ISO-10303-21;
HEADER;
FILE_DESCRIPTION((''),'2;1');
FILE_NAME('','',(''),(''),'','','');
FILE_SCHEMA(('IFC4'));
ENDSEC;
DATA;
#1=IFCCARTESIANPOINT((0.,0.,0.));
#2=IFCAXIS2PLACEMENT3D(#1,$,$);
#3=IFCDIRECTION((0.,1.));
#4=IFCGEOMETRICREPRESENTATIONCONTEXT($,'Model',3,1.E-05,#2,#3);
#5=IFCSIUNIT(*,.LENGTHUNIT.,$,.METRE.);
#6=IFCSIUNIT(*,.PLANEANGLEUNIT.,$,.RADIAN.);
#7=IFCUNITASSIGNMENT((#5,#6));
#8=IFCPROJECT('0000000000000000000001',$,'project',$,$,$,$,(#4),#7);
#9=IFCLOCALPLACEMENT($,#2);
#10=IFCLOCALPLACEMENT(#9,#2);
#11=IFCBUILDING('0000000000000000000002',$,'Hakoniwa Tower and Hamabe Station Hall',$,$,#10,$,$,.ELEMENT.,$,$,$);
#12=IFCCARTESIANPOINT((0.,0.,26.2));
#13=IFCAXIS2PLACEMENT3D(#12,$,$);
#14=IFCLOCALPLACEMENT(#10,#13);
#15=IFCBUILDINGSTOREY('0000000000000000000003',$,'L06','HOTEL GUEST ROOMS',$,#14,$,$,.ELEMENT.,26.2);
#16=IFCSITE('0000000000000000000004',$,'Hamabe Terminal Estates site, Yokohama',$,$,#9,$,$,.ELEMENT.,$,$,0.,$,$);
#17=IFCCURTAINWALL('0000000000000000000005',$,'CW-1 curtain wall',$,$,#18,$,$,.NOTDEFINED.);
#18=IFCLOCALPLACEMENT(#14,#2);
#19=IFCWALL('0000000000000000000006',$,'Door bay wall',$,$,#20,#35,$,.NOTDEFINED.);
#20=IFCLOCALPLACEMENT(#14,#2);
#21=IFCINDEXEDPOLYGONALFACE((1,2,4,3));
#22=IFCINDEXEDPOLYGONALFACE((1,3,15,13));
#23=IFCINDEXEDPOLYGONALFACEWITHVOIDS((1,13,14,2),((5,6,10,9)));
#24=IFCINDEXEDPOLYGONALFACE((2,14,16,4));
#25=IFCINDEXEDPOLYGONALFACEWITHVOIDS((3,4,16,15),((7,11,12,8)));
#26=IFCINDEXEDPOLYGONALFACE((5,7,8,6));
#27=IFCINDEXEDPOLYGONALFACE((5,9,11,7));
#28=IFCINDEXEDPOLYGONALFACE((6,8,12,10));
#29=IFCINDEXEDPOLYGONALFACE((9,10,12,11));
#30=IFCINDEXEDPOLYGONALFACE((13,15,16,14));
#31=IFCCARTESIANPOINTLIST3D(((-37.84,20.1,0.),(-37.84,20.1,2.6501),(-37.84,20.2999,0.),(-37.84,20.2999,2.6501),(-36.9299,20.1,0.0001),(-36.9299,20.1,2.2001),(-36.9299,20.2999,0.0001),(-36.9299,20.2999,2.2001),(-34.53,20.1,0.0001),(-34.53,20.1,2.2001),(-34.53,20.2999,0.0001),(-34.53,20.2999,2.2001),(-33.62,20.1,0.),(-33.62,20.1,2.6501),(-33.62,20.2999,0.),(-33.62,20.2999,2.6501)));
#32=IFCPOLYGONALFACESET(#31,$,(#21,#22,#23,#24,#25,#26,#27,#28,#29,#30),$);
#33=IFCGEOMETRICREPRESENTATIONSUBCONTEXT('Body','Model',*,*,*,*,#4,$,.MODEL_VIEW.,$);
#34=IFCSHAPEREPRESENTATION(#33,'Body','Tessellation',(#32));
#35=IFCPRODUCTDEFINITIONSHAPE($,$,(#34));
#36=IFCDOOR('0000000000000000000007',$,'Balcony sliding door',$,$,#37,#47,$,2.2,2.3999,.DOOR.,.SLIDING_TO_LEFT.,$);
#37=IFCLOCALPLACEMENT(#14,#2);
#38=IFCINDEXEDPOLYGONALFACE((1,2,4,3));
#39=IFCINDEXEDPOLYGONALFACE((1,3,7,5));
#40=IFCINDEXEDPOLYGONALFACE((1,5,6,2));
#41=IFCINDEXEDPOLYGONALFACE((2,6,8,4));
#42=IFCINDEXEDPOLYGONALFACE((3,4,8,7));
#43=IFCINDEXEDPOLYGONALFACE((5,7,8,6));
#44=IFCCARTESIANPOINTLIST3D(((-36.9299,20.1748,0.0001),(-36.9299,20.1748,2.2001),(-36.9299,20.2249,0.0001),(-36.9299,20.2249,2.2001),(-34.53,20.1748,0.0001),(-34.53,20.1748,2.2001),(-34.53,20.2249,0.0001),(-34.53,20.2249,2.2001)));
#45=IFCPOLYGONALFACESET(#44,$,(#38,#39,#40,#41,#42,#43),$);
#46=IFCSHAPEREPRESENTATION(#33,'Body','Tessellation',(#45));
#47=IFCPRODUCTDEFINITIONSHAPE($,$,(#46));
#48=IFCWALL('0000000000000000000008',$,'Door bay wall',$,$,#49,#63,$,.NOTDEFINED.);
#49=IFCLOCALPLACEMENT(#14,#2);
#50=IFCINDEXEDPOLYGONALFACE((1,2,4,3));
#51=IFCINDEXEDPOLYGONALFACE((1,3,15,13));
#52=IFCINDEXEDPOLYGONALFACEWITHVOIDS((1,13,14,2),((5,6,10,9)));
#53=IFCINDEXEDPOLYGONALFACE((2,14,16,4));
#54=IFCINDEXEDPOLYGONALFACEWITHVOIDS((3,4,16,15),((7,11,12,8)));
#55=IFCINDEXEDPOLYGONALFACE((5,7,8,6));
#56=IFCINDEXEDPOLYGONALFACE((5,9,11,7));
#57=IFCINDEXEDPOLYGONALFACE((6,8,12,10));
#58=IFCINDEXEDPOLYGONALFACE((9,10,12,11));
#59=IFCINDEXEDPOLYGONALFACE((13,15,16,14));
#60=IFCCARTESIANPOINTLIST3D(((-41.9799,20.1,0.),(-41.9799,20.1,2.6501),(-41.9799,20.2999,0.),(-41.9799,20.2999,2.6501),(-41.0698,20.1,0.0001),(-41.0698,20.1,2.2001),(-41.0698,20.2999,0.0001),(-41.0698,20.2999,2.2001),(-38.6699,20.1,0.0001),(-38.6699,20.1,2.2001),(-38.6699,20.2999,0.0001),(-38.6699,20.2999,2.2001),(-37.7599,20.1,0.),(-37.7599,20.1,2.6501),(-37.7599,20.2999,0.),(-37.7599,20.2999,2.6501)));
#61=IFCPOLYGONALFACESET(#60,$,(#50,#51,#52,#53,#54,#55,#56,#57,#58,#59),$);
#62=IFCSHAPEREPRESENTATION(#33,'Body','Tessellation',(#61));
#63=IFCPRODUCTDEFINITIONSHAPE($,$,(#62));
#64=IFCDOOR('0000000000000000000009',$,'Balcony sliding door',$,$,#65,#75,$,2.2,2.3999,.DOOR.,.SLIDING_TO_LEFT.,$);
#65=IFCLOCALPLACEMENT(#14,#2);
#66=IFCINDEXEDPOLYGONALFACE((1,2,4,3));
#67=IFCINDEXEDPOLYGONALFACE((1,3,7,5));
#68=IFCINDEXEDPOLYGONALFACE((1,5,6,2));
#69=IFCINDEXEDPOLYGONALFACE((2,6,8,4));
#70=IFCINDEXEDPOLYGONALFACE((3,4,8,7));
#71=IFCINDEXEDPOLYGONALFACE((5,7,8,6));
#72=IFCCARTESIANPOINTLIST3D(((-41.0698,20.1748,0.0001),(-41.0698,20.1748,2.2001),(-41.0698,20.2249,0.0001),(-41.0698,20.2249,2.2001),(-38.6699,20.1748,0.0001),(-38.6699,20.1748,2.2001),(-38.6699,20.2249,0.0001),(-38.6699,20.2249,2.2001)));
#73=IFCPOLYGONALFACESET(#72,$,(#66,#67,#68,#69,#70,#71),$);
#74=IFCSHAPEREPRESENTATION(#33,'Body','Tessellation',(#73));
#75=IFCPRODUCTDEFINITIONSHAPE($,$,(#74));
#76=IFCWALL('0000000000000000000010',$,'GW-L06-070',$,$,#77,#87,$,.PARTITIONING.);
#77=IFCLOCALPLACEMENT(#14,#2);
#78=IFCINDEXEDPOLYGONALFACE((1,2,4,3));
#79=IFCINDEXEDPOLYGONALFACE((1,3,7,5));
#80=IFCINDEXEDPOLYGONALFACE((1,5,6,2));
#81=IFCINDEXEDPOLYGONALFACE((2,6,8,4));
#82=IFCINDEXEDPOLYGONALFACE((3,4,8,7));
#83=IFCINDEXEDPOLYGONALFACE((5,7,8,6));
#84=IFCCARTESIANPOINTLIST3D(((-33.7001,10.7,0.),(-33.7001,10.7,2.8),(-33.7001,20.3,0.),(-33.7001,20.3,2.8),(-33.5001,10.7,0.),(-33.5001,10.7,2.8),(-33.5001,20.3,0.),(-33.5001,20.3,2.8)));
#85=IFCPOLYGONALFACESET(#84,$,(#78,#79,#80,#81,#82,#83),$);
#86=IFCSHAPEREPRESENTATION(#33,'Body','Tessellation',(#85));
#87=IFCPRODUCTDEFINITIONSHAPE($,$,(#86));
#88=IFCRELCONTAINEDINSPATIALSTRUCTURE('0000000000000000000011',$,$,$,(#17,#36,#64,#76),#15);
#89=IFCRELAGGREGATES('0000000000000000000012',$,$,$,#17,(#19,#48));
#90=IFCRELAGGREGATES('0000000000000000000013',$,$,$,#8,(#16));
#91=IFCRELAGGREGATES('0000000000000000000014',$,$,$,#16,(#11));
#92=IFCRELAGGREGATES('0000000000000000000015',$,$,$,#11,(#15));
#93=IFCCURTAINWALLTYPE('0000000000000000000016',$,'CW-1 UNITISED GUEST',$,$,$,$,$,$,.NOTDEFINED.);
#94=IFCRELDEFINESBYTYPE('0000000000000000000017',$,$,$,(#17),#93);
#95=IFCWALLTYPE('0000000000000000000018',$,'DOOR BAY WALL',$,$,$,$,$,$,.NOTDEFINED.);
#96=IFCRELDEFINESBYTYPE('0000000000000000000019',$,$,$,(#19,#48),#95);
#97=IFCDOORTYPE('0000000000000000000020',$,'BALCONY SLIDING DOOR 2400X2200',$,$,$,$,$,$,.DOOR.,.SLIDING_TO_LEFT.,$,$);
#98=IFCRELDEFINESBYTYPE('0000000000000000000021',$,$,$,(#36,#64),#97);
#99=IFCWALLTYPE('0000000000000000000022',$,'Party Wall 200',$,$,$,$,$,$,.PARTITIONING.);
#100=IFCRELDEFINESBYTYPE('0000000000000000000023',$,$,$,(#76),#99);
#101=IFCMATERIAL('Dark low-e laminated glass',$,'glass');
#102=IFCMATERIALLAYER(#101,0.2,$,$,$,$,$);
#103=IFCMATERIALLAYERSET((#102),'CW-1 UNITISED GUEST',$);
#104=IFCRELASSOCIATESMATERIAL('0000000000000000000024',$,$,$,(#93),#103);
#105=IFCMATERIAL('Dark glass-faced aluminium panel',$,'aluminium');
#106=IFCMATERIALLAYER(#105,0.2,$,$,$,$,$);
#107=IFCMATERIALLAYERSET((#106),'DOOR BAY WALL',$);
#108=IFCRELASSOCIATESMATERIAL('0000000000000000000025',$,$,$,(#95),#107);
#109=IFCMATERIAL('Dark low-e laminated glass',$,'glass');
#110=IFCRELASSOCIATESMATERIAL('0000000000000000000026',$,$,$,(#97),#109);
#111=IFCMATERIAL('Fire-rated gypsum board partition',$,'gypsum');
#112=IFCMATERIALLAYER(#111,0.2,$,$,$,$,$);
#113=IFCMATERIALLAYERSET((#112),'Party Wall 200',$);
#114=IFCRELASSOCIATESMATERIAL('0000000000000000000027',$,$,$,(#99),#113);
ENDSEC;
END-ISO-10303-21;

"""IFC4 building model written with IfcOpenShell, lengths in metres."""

from ifc_helpers import new_model, si_unit, direction, frame, frame_2d, origin, place, context, subcontext, project, spatial, rectangle, extrude, material, layer, layer_set, type_object, element, fill, aggregate, save


model = new_model("IFC4")

# Units and contexts
model_context = context("Model", 3, precision=1e-05, world=origin(), true_north=direction((0.0, 1.0)))
body_context = subcontext(model_context, "Body", "Model", "MODEL_VIEW")
ifc_project = project(units=[si_unit("LENGTHUNIT", "METRE"), si_unit("PLANEANGLEUNIT", "RADIAN")], contexts=[model_context])

# Site, building, storey
site_placement = place(None, origin())
site = spatial("IfcSite", under=ifc_project, at=site_placement, Name="Hamabe Terminal Estates site, Yokohama", CompositionType="ELEMENT", RefElevation=0.0)
building_placement = place(site_placement, origin())
building = spatial("IfcBuilding", under=site, at=building_placement, Name="Hakoniwa Tower and Hamabe Station Hall", CompositionType="ELEMENT")
storey_placement = place(building_placement, frame((0.0, 0.0, 26.2)))
storey = spatial("IfcBuildingStorey", under=building, at=storey_placement, Name="L06", Description="HOTEL GUEST ROOMS", CompositionType="ELEMENT", Elevation=26.2)

# Curtain wall
ifc_material_1 = material(Name="Dark low-e laminated glass", Category="glass")
ifc_layer_1 = layer(ifc_material_1, 0.2)
ifc_layer_set_1 = layer_set([ifc_layer_1], Name="CW-1 UNITISED GUEST")
curtain_wall_type = type_object("IfcCurtainWallType", Name="CW-1 UNITISED GUEST", PredefinedType="NOTDEFINED", material=ifc_layer_set_1)
curtain_wall_placement = place(storey_placement, origin())
curtain_wall = element("IfcCurtainWall", 1, at=curtain_wall_placement, inside=storey, type_object=curtain_wall_type, Name="CW-1 curtain wall", PredefinedType="NOTDEFINED")

# Walls, openings, doors
ifc_material_2 = material(Name="Dark glass-faced aluminium panel", Category="aluminium")
ifc_layer_2 = layer(ifc_material_2, 0.2)
ifc_layer_set_2 = layer_set([ifc_layer_2], Name="DOOR BAY WALL")
wall_type_1 = type_object("IfcWallType", Name="DOOR BAY WALL", PredefinedType="NOTDEFINED", material=ifc_layer_set_2)
wall_1_placement = place(storey_placement, frame((-33.6201, 20.2, 0.0), z_axis=(0.0, 0.0, 1.0), x_axis=(-1.0, 0.0, 0.0)))
wall_1 = element("IfcWall", 2, at=wall_1_placement, type_object=wall_type_1, Name="Door bay wall", PredefinedType="NOTDEFINED", context=body_context, shape_type="SweptSolid", body=[
    extrude(rectangle(XDim=4.22, YDim=0.2, at=frame_2d((2.1099, 0.0))), origin(), (0.0, 0.0, 1.0), 2.6501),
])
opening_1_placement = place(wall_1_placement, frame((0.9099, 0.0, 0.0)))
opening_1 = element("IfcOpeningElement", 3, at=opening_1_placement, cuts=wall_1, PredefinedType="OPENING", context=body_context, shape_type="SweptSolid", body=[
    extrude(rectangle(XDim=2.3999, YDim=2.2, at=frame_2d((1.2, 1.1001))), frame((0.0, 0.1099, 0.0), z_axis=(0.0, -1.0, 0.0), x_axis=(1.0, 0.0, 0.0)), (0.0, 0.0, 1.0), 0.22),
])
ifc_material_3 = material(Name="Dark low-e laminated glass", Category="glass")
door_type_1 = type_object("IfcDoorType", Name="BALCONY SLIDING DOOR 2400X2200", OperationType="SLIDING_TO_LEFT", PredefinedType="DOOR", material=ifc_material_3)
door_1_placement = place(opening_1_placement, frame((2.3999, 0.0, 0.0), z_axis=(0.0, 0.0, 1.0), x_axis=(-1.0, 0.0, 0.0)))
door_1 = element("IfcDoor", 4, at=door_1_placement, inside=storey, type_object=door_type_1, Name="Balcony sliding door", OperationType="SLIDING_TO_LEFT", OverallHeight=2.2, OverallWidth=2.3999, PredefinedType="DOOR", context=body_context, shape_type="SweptSolid", body=[
    extrude(rectangle(XDim=2.3999, YDim=2.2, at=frame_2d((1.2, 1.1001))), frame((0.0, 0.0249, 0.0), z_axis=(0.0, -1.0, 0.0), x_axis=(1.0, 0.0, 0.0)), (0.0, 0.0, 1.0), 0.05),
])
fill(opening_1, door_1)
wall_2_placement = place(storey_placement, frame((-37.76, 20.2, 0.0), z_axis=(0.0, 0.0, 1.0), x_axis=(-1.0, 0.0, 0.0)))
wall_2 = element("IfcWall", 5, at=wall_2_placement, type_object=wall_type_1, Name="Door bay wall", PredefinedType="NOTDEFINED", context=body_context, shape_type="SweptSolid", body=[
    extrude(rectangle(XDim=4.22, YDim=0.2, at=frame_2d((2.1099, 0.0))), origin(), (0.0, 0.0, 1.0), 2.6501),
])
opening_2_placement = place(wall_2_placement, frame((0.9099, 0.0, 0.0)))
opening_2 = element("IfcOpeningElement", 6, at=opening_2_placement, cuts=wall_2, PredefinedType="OPENING", context=body_context, shape_type="SweptSolid", body=[
    extrude(rectangle(XDim=2.3999, YDim=2.2, at=frame_2d((1.2, 1.1001))), frame((0.0, 0.1099, 0.0), z_axis=(0.0, -1.0, 0.0), x_axis=(1.0, 0.0, 0.0)), (0.0, 0.0, 1.0), 0.22),
])
door_2_placement = place(opening_2_placement, frame((2.3999, 0.0, 0.0), z_axis=(0.0, 0.0, 1.0), x_axis=(-1.0, 0.0, 0.0)))
door_2 = element("IfcDoor", 7, at=door_2_placement, inside=storey, type_object=door_type_1, Name="Balcony sliding door", OperationType="SLIDING_TO_LEFT", OverallHeight=2.2, OverallWidth=2.3999, PredefinedType="DOOR", context=body_context, shape_type="SweptSolid", body=[
    extrude(rectangle(XDim=2.3999, YDim=2.2, at=frame_2d((1.2, 1.1001))), frame((0.0, 0.0249, 0.0), z_axis=(0.0, -1.0, 0.0), x_axis=(1.0, 0.0, 0.0)), (0.0, 0.0, 1.0), 0.05),
])
fill(opening_2, door_2)
aggregate(curtain_wall, [wall_1, wall_2])

# Wall
ifc_material_4 = material(Name="Fire-rated gypsum board partition", Category="gypsum")
ifc_layer_3 = layer(ifc_material_4, 0.2)
ifc_layer_set_3 = layer_set([ifc_layer_3], Name="Party Wall 200")
wall_type_2 = type_object("IfcWallType", Name="Party Wall 200", PredefinedType="PARTITIONING", material=ifc_layer_set_3)
wall_3_placement = place(storey_placement, frame((-33.6001, 10.7, 0.0), z_axis=(0.0, 0.0, 1.0), x_axis=(0.0, 1.0, 0.0)))
element("IfcWall", 8, at=wall_3_placement, inside=storey, type_object=wall_type_2, Name="GW-L06-070", PredefinedType="PARTITIONING", context=body_context, shape_type="SweptSolid", body=[
    extrude(rectangle(XDim=9.6001, YDim=0.2, at=frame_2d((4.8, 0.0))), origin(), (0.0, 0.0, 1.0), 2.8),
])

save(model, "model.ifc")
